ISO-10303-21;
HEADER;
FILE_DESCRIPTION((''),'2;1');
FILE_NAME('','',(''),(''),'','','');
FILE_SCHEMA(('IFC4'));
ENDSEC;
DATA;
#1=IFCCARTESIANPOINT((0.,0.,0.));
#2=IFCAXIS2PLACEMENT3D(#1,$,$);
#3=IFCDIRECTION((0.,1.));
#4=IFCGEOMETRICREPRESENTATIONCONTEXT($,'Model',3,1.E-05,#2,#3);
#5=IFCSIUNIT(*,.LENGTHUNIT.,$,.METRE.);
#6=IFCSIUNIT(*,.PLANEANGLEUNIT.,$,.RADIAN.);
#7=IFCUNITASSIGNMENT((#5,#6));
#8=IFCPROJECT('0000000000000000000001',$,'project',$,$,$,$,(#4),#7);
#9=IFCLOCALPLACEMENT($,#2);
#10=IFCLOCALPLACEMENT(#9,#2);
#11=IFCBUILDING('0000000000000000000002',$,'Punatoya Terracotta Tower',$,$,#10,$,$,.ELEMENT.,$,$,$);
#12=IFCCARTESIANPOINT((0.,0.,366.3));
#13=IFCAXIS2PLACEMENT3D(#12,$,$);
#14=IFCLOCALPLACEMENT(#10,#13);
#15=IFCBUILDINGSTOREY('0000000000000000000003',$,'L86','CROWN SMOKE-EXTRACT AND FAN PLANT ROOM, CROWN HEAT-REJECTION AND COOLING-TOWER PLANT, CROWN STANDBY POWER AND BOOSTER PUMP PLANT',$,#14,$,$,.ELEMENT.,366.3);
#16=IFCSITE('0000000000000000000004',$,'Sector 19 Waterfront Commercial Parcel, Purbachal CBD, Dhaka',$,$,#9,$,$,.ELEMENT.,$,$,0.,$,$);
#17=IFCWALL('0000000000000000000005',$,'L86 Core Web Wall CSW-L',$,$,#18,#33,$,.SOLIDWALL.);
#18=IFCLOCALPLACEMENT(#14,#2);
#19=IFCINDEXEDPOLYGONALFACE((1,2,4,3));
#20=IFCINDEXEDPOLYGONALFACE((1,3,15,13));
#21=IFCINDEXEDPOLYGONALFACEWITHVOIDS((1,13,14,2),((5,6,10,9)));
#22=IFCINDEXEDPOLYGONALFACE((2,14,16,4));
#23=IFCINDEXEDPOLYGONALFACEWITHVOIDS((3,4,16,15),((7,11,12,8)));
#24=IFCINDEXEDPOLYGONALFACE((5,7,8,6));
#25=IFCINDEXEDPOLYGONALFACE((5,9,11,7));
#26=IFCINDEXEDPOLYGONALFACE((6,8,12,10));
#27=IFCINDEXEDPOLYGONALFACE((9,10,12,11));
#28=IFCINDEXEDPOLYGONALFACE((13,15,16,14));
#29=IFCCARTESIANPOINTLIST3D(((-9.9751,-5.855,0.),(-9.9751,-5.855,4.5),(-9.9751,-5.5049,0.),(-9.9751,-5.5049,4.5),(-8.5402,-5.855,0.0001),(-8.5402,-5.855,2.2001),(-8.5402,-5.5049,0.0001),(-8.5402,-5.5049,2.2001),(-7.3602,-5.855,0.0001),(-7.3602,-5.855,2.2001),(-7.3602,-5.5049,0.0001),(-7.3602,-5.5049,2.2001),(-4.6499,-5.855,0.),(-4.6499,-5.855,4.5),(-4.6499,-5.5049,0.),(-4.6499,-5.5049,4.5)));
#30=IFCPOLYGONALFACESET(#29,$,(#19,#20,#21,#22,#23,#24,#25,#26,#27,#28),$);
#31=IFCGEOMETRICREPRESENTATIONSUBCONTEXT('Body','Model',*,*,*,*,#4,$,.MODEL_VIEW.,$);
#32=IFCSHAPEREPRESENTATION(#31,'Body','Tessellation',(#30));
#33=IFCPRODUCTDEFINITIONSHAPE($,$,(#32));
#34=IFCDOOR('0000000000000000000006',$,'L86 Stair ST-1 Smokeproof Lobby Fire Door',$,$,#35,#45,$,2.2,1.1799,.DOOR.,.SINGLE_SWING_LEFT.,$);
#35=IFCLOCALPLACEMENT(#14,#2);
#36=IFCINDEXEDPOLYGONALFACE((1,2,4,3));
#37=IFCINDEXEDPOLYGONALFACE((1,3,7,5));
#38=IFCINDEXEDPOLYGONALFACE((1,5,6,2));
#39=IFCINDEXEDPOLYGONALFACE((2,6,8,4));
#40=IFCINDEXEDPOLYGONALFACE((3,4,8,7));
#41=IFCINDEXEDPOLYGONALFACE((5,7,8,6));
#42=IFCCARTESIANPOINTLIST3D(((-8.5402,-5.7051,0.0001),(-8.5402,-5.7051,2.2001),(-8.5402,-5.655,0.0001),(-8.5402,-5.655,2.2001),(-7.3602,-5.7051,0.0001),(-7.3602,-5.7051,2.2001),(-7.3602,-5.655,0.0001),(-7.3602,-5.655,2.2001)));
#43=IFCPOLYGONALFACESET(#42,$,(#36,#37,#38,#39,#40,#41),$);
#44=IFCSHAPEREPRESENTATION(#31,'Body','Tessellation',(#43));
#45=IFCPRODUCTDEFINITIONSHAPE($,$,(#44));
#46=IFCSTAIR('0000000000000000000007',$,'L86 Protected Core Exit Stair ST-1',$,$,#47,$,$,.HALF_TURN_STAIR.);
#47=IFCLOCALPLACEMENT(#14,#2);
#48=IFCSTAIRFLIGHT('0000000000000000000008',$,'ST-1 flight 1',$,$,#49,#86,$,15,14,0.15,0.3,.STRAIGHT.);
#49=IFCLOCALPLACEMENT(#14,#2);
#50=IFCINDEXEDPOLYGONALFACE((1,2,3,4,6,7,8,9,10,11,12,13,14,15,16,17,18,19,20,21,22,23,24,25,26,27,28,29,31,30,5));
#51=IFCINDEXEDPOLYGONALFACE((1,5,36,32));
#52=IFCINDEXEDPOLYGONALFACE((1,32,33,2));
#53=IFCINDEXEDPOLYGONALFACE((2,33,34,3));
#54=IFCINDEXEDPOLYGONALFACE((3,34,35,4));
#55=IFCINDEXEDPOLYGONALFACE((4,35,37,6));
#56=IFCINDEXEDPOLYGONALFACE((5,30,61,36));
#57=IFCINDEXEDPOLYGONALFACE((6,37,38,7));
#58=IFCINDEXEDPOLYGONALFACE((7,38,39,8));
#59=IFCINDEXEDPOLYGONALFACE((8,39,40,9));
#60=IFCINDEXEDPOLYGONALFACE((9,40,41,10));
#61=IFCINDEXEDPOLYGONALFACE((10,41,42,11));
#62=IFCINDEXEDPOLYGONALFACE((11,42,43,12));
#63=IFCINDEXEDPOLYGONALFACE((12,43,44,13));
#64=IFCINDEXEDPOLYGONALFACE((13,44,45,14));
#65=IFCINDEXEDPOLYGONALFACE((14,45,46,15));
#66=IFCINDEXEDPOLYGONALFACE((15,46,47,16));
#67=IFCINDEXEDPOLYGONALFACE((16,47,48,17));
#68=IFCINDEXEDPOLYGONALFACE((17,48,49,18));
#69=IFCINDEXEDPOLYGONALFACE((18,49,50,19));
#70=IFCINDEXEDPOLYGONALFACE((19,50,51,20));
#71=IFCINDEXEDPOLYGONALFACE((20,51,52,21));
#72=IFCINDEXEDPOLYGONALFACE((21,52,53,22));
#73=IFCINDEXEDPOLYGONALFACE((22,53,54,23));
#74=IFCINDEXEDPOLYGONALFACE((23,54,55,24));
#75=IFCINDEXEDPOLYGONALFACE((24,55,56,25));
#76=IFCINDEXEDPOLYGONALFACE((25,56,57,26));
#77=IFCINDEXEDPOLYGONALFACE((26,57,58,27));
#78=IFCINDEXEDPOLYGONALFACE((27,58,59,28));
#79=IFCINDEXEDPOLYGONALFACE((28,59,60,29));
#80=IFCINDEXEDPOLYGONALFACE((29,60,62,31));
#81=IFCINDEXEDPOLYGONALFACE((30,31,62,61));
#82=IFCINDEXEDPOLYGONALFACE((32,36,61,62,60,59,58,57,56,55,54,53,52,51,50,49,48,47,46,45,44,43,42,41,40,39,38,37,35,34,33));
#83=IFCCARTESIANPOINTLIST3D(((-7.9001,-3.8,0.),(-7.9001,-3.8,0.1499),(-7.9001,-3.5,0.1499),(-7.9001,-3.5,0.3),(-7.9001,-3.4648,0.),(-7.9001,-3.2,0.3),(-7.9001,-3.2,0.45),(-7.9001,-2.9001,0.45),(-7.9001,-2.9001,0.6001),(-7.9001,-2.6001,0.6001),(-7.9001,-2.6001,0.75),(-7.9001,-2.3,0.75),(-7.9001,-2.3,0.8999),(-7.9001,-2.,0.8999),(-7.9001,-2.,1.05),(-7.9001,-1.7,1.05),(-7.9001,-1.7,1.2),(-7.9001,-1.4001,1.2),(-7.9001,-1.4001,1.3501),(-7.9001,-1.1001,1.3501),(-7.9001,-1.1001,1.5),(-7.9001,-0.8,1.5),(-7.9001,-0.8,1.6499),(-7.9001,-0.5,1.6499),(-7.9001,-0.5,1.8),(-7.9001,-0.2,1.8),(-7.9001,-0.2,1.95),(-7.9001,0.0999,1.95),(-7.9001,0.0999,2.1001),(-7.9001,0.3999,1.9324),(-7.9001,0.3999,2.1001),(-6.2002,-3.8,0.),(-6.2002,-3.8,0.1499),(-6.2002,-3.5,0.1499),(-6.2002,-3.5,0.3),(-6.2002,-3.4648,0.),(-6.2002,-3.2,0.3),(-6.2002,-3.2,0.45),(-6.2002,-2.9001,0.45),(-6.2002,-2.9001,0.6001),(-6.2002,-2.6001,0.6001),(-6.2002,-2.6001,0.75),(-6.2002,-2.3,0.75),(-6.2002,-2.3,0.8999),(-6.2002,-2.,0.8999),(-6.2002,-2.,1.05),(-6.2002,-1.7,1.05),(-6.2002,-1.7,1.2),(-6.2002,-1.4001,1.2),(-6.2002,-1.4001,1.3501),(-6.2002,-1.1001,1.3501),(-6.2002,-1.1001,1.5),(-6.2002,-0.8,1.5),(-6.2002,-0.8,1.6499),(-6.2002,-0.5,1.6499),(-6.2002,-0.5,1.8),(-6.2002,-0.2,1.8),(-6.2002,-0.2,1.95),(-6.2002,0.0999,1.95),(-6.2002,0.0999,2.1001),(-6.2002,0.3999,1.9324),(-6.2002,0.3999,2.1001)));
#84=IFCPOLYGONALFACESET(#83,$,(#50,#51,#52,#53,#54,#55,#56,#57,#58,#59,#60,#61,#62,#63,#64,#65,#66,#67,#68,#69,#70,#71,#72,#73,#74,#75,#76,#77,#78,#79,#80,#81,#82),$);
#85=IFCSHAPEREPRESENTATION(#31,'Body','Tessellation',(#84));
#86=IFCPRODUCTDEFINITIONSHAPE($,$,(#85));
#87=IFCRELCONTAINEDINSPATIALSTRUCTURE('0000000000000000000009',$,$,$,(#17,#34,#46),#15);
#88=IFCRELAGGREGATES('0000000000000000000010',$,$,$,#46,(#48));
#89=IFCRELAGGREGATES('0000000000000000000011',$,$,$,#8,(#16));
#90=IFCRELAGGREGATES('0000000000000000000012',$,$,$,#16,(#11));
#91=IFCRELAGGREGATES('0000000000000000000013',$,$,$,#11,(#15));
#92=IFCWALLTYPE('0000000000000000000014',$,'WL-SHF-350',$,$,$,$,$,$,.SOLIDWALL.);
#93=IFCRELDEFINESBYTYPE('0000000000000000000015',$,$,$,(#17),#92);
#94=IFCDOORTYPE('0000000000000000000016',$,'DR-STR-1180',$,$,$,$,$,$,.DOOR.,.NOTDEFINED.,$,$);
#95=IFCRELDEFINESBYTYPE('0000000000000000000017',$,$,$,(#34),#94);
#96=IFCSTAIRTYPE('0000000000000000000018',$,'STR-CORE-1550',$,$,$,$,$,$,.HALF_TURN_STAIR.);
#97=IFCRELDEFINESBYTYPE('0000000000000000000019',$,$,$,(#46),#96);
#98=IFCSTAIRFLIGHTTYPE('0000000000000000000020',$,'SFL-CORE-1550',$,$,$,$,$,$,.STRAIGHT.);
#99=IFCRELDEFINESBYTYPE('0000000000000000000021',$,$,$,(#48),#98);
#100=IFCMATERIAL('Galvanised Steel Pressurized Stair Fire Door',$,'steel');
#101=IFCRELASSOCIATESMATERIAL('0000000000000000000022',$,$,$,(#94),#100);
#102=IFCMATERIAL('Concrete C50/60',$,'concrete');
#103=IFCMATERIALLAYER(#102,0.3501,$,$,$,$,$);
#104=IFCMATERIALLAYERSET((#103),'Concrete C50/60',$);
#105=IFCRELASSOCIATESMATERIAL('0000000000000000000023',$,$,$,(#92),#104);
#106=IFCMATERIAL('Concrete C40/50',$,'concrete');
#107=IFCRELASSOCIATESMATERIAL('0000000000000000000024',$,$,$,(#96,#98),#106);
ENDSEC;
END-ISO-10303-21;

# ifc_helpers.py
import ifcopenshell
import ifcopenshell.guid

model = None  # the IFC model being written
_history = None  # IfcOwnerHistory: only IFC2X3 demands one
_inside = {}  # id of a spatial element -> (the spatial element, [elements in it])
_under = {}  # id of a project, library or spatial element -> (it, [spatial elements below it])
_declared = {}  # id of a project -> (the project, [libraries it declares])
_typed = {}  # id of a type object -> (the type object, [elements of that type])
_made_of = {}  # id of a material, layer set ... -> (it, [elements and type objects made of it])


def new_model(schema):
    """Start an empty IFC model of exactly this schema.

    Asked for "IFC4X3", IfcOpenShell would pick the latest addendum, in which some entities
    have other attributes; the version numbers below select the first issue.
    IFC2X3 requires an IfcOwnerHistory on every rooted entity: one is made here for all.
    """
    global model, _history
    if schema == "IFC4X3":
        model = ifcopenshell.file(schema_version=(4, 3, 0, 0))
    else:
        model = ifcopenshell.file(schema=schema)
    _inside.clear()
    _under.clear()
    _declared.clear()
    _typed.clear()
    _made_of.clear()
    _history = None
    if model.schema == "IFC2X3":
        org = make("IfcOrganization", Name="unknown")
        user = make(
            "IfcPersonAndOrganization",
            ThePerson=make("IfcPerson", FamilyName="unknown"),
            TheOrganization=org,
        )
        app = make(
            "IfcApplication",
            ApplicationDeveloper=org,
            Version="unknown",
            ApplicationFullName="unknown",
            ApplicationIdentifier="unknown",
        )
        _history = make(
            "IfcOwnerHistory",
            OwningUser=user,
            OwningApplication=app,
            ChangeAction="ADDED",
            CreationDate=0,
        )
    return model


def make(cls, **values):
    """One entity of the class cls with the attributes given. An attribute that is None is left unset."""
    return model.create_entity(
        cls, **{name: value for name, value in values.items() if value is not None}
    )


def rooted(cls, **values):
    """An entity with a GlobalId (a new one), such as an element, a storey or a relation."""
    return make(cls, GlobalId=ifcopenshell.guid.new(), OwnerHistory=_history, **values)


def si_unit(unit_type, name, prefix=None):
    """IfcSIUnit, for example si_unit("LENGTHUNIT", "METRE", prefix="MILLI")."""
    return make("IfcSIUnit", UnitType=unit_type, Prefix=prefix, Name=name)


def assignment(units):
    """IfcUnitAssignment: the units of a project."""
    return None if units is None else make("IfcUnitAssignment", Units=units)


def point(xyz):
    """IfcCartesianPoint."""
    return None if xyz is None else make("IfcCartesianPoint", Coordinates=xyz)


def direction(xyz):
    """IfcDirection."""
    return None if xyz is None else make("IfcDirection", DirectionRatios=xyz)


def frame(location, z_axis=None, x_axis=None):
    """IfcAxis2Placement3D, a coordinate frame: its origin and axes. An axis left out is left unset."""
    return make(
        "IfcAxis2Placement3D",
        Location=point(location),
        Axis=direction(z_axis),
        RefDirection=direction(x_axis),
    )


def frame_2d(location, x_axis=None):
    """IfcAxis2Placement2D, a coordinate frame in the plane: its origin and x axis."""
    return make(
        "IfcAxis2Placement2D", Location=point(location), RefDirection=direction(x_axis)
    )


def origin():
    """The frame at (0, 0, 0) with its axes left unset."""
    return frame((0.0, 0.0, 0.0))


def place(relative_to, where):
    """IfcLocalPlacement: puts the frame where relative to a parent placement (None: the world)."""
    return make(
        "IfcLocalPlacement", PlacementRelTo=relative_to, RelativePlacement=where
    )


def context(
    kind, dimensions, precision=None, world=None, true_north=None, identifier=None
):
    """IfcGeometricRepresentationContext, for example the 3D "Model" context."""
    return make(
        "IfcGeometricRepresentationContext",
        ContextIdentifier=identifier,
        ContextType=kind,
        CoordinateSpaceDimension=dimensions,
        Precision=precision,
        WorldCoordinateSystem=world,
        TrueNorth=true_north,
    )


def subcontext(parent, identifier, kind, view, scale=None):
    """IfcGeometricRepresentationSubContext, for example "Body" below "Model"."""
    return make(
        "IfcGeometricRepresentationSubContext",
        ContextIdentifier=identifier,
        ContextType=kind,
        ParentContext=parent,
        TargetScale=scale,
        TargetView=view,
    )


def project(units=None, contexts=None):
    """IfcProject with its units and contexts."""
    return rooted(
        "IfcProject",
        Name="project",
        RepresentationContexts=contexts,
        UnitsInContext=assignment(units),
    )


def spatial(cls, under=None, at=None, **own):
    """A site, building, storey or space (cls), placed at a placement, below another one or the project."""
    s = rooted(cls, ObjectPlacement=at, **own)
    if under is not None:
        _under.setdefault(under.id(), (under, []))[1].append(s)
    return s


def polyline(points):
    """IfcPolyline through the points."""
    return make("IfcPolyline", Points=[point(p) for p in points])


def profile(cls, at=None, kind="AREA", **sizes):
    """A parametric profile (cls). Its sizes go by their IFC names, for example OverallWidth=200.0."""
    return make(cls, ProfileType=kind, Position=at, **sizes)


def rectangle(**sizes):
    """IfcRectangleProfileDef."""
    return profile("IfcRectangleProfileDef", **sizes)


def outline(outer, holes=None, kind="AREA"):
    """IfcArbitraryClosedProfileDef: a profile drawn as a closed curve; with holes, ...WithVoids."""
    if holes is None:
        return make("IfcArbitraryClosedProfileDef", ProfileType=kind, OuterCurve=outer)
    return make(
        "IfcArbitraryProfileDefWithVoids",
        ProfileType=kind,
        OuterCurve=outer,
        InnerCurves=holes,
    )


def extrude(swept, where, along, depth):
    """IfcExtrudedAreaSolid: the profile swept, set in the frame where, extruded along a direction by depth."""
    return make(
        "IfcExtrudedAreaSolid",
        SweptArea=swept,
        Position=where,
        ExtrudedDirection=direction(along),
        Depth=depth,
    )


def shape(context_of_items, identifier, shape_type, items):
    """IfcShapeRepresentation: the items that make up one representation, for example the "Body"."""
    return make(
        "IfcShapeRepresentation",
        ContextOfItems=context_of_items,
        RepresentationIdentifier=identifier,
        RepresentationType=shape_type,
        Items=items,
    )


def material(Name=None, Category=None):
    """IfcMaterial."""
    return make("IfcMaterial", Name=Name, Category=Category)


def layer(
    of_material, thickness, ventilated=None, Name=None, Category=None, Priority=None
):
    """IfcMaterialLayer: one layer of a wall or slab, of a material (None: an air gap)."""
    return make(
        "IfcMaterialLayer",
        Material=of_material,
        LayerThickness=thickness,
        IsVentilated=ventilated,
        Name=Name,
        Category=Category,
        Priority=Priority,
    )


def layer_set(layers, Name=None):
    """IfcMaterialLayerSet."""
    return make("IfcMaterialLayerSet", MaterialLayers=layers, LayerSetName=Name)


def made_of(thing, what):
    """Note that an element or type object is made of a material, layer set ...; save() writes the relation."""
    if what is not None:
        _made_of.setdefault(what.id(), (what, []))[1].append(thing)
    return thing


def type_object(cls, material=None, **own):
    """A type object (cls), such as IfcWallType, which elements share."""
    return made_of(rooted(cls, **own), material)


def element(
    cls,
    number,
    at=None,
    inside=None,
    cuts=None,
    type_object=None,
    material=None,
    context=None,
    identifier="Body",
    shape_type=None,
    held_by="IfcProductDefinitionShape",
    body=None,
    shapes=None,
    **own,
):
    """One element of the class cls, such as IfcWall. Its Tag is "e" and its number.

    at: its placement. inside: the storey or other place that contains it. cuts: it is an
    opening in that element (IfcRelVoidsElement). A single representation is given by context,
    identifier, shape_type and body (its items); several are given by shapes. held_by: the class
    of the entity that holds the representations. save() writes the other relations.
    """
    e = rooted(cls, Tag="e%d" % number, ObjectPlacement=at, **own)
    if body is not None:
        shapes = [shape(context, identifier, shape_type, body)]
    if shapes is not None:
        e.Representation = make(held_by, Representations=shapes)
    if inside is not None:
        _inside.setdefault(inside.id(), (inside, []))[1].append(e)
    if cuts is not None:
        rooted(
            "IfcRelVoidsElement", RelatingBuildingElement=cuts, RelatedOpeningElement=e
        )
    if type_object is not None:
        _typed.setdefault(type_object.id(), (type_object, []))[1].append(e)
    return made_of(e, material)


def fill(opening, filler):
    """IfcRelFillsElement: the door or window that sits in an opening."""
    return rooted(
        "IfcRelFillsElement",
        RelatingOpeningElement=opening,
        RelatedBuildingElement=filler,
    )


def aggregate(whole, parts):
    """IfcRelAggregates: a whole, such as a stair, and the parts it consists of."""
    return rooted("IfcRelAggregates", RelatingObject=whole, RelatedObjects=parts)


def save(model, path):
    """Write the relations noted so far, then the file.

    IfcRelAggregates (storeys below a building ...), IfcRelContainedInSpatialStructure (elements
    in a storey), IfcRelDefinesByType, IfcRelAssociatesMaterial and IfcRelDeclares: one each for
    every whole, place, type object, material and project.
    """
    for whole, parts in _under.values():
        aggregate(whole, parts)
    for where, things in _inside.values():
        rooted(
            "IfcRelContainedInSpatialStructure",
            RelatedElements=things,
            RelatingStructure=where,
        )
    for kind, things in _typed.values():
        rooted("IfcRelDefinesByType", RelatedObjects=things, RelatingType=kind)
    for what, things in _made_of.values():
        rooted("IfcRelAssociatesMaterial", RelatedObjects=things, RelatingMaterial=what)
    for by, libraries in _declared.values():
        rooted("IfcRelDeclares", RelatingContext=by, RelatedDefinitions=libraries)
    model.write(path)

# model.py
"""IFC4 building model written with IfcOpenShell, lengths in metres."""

from ifc_helpers import new_model, si_unit, direction, frame, frame_2d, origin, place, context, subcontext, project, spatial, polyline, rectangle, outline, extrude, material, layer, layer_set, type_object, element, fill, aggregate, save


model = new_model("IFC4")

# Units and contexts
model_context = context("Model", 3, precision=1e-05, world=origin(), true_north=direction((0.0, 1.0)))
body_context = subcontext(model_context, "Body", "Model", "MODEL_VIEW")
ifc_project = project(units=[si_unit("LENGTHUNIT", "METRE"), si_unit("PLANEANGLEUNIT", "RADIAN")], contexts=[model_context])

# Site, building, storey
site_placement = place(None, origin())
site = spatial("IfcSite", under=ifc_project, at=site_placement, Name="Sector 19 Waterfront Commercial Parcel, Purbachal CBD, Dhaka", CompositionType="ELEMENT", RefElevation=0.0)
building_placement = place(site_placement, origin())
building = spatial("IfcBuilding", under=site, at=building_placement, Name="Punatoya Terracotta Tower", CompositionType="ELEMENT")
storey_placement = place(building_placement, frame((0.0, 0.0, 366.3)))
storey = spatial("IfcBuildingStorey", under=building, at=storey_placement, Name="L86", Description="CROWN SMOKE-EXTRACT AND FAN PLANT ROOM, CROWN HEAT-REJECTION AND COOLING-TOWER PLANT, CROWN STANDBY POWER AND BOOSTER PUMP PLANT", CompositionType="ELEMENT", Elevation=366.3)

# Shared definitions
ifc_material_1 = material(Name="Concrete C50/60", Category="concrete")
ifc_material_2 = material(Name="Galvanised Steel Pressurized Stair Fire Door", Category="steel")
door_type_1 = type_object("IfcDoorType", Name="DR-STR-1180", OperationType="NOTDEFINED", PredefinedType="DOOR", material=ifc_material_2)

# Shared definitions
ifc_material_3 = material(Name="Concrete C40/50", Category="concrete")

# Wall, opening, door
ifc_layer_1 = layer(ifc_material_1, 0.3501)
ifc_layer_set_1 = layer_set([ifc_layer_1], Name="Concrete C50/60")
wall_type_1 = type_object("IfcWallType", Name="WL-SHF-350", PredefinedType="SOLIDWALL", material=ifc_layer_set_1)
wall_1_placement = place(storey_placement, frame((-9.9751, -5.6799, 0.0), z_axis=(0.0, 0.0, 1.0), x_axis=(1.0, 0.0, 0.0)))
wall_1 = element("IfcWall", 1, at=wall_1_placement, inside=storey, type_object=wall_type_1, Name="L86 Core Web Wall CSW-L", PredefinedType="SOLIDWALL", context=body_context, shape_type="SweptSolid", body=[
    extrude(rectangle(XDim=5.3252, YDim=0.3501, at=frame_2d((2.6626, 0.0))), origin(), (0.0, 0.0, 1.0), 4.5),
])
opening_1_placement = place(wall_1_placement, frame((1.4351, 0.0, 0.0)))
opening_1 = element("IfcOpeningElement", 2, at=opening_1_placement, cuts=wall_1, PredefinedType="OPENING", context=body_context, shape_type="SweptSolid", body=[
    extrude(rectangle(XDim=1.1799, YDim=2.2, at=frame_2d((0.5898, 1.1001))), frame((0.0, 0.1851, 0.0), z_axis=(0.0, -1.0, 0.0), x_axis=(1.0, 0.0, 0.0)), (0.0, 0.0, 1.0), 0.3701),
])
door_1_placement = place(opening_1_placement, origin())
door_1 = element("IfcDoor", 3, at=door_1_placement, inside=storey, type_object=door_type_1, Name="L86 Stair ST-1 Smokeproof Lobby Fire Door", OperationType="SINGLE_SWING_LEFT", OverallHeight=2.2, OverallWidth=1.1799, PredefinedType="DOOR", context=body_context, shape_type="SweptSolid", body=[
    extrude(rectangle(XDim=1.1799, YDim=2.2, at=frame_2d((0.5898, 1.1001))), frame((0.0, 0.0249, 0.0), z_axis=(0.0, -1.0, 0.0), x_axis=(1.0, 0.0, 0.0)), (0.0, 0.0, 1.0), 0.05),
])
fill(opening_1, door_1)

# Stair, stair flight
stair_type = type_object("IfcStairType", Name="STR-CORE-1550", PredefinedType="HALF_TURN_STAIR", material=ifc_material_3)
stair_placement = place(storey_placement, origin())
stair = element("IfcStair", 4, at=stair_placement, inside=storey, type_object=stair_type, Name="L86 Protected Core Exit Stair ST-1", PredefinedType="HALF_TURN_STAIR")
stair_flight_type = type_object("IfcStairFlightType", Name="SFL-CORE-1550", PredefinedType="STRAIGHT", material=ifc_material_3)
stair_flight_placement = place(storey_placement, frame((-7.05, -3.8, 0.0), z_axis=(0.0, 0.0, 1.0), x_axis=(0.0, 1.0, 0.0)))
stair_flight = element("IfcStairFlight", 5, at=stair_flight_placement, type_object=stair_flight_type, Name="ST-1 flight 1", NumberOfRisers=15, NumberOfTreads=14, PredefinedType="STRAIGHT", RiserHeight=0.15, TreadLength=0.3, context=body_context, shape_type="SweptSolid", body=[
    extrude(outline(polyline([(0.0, 0.0), (0.0, 0.1499), (0.3, 0.1499), (0.3, 0.3), (0.6001, 0.3), (0.6001, 0.45), (0.8999, 0.45), (0.8999, 0.6001), (1.2, 0.6001), (1.2, 0.75), (1.5, 0.75), (1.5, 0.8999), (1.8, 0.8999), (1.8, 1.05), (2.1001, 1.05), (2.1001, 1.2), (2.3999, 1.2), (2.3999, 1.3501), (2.7, 1.3501), (2.7, 1.5), (3.0, 1.5), (3.0, 1.6499), (3.3, 1.6499), (3.3, 1.8), (3.6001, 1.8), (3.6001, 1.95), (3.8999, 1.95), (3.8999, 2.1001), (4.2, 2.1001), (4.2, 2.25), (4.2, 1.9324), (0.3352, 0.0), (0.0, 0.0)])), frame((0.0, 0.8501, 0.0), z_axis=(0.0, -1.0, 0.0), x_axis=(1.0, 0.0, 0.0)), (0.0, 0.0, 1.0), 1.7),
])
aggregate(stair, [stair_flight])

save(model, "model.ifc")
